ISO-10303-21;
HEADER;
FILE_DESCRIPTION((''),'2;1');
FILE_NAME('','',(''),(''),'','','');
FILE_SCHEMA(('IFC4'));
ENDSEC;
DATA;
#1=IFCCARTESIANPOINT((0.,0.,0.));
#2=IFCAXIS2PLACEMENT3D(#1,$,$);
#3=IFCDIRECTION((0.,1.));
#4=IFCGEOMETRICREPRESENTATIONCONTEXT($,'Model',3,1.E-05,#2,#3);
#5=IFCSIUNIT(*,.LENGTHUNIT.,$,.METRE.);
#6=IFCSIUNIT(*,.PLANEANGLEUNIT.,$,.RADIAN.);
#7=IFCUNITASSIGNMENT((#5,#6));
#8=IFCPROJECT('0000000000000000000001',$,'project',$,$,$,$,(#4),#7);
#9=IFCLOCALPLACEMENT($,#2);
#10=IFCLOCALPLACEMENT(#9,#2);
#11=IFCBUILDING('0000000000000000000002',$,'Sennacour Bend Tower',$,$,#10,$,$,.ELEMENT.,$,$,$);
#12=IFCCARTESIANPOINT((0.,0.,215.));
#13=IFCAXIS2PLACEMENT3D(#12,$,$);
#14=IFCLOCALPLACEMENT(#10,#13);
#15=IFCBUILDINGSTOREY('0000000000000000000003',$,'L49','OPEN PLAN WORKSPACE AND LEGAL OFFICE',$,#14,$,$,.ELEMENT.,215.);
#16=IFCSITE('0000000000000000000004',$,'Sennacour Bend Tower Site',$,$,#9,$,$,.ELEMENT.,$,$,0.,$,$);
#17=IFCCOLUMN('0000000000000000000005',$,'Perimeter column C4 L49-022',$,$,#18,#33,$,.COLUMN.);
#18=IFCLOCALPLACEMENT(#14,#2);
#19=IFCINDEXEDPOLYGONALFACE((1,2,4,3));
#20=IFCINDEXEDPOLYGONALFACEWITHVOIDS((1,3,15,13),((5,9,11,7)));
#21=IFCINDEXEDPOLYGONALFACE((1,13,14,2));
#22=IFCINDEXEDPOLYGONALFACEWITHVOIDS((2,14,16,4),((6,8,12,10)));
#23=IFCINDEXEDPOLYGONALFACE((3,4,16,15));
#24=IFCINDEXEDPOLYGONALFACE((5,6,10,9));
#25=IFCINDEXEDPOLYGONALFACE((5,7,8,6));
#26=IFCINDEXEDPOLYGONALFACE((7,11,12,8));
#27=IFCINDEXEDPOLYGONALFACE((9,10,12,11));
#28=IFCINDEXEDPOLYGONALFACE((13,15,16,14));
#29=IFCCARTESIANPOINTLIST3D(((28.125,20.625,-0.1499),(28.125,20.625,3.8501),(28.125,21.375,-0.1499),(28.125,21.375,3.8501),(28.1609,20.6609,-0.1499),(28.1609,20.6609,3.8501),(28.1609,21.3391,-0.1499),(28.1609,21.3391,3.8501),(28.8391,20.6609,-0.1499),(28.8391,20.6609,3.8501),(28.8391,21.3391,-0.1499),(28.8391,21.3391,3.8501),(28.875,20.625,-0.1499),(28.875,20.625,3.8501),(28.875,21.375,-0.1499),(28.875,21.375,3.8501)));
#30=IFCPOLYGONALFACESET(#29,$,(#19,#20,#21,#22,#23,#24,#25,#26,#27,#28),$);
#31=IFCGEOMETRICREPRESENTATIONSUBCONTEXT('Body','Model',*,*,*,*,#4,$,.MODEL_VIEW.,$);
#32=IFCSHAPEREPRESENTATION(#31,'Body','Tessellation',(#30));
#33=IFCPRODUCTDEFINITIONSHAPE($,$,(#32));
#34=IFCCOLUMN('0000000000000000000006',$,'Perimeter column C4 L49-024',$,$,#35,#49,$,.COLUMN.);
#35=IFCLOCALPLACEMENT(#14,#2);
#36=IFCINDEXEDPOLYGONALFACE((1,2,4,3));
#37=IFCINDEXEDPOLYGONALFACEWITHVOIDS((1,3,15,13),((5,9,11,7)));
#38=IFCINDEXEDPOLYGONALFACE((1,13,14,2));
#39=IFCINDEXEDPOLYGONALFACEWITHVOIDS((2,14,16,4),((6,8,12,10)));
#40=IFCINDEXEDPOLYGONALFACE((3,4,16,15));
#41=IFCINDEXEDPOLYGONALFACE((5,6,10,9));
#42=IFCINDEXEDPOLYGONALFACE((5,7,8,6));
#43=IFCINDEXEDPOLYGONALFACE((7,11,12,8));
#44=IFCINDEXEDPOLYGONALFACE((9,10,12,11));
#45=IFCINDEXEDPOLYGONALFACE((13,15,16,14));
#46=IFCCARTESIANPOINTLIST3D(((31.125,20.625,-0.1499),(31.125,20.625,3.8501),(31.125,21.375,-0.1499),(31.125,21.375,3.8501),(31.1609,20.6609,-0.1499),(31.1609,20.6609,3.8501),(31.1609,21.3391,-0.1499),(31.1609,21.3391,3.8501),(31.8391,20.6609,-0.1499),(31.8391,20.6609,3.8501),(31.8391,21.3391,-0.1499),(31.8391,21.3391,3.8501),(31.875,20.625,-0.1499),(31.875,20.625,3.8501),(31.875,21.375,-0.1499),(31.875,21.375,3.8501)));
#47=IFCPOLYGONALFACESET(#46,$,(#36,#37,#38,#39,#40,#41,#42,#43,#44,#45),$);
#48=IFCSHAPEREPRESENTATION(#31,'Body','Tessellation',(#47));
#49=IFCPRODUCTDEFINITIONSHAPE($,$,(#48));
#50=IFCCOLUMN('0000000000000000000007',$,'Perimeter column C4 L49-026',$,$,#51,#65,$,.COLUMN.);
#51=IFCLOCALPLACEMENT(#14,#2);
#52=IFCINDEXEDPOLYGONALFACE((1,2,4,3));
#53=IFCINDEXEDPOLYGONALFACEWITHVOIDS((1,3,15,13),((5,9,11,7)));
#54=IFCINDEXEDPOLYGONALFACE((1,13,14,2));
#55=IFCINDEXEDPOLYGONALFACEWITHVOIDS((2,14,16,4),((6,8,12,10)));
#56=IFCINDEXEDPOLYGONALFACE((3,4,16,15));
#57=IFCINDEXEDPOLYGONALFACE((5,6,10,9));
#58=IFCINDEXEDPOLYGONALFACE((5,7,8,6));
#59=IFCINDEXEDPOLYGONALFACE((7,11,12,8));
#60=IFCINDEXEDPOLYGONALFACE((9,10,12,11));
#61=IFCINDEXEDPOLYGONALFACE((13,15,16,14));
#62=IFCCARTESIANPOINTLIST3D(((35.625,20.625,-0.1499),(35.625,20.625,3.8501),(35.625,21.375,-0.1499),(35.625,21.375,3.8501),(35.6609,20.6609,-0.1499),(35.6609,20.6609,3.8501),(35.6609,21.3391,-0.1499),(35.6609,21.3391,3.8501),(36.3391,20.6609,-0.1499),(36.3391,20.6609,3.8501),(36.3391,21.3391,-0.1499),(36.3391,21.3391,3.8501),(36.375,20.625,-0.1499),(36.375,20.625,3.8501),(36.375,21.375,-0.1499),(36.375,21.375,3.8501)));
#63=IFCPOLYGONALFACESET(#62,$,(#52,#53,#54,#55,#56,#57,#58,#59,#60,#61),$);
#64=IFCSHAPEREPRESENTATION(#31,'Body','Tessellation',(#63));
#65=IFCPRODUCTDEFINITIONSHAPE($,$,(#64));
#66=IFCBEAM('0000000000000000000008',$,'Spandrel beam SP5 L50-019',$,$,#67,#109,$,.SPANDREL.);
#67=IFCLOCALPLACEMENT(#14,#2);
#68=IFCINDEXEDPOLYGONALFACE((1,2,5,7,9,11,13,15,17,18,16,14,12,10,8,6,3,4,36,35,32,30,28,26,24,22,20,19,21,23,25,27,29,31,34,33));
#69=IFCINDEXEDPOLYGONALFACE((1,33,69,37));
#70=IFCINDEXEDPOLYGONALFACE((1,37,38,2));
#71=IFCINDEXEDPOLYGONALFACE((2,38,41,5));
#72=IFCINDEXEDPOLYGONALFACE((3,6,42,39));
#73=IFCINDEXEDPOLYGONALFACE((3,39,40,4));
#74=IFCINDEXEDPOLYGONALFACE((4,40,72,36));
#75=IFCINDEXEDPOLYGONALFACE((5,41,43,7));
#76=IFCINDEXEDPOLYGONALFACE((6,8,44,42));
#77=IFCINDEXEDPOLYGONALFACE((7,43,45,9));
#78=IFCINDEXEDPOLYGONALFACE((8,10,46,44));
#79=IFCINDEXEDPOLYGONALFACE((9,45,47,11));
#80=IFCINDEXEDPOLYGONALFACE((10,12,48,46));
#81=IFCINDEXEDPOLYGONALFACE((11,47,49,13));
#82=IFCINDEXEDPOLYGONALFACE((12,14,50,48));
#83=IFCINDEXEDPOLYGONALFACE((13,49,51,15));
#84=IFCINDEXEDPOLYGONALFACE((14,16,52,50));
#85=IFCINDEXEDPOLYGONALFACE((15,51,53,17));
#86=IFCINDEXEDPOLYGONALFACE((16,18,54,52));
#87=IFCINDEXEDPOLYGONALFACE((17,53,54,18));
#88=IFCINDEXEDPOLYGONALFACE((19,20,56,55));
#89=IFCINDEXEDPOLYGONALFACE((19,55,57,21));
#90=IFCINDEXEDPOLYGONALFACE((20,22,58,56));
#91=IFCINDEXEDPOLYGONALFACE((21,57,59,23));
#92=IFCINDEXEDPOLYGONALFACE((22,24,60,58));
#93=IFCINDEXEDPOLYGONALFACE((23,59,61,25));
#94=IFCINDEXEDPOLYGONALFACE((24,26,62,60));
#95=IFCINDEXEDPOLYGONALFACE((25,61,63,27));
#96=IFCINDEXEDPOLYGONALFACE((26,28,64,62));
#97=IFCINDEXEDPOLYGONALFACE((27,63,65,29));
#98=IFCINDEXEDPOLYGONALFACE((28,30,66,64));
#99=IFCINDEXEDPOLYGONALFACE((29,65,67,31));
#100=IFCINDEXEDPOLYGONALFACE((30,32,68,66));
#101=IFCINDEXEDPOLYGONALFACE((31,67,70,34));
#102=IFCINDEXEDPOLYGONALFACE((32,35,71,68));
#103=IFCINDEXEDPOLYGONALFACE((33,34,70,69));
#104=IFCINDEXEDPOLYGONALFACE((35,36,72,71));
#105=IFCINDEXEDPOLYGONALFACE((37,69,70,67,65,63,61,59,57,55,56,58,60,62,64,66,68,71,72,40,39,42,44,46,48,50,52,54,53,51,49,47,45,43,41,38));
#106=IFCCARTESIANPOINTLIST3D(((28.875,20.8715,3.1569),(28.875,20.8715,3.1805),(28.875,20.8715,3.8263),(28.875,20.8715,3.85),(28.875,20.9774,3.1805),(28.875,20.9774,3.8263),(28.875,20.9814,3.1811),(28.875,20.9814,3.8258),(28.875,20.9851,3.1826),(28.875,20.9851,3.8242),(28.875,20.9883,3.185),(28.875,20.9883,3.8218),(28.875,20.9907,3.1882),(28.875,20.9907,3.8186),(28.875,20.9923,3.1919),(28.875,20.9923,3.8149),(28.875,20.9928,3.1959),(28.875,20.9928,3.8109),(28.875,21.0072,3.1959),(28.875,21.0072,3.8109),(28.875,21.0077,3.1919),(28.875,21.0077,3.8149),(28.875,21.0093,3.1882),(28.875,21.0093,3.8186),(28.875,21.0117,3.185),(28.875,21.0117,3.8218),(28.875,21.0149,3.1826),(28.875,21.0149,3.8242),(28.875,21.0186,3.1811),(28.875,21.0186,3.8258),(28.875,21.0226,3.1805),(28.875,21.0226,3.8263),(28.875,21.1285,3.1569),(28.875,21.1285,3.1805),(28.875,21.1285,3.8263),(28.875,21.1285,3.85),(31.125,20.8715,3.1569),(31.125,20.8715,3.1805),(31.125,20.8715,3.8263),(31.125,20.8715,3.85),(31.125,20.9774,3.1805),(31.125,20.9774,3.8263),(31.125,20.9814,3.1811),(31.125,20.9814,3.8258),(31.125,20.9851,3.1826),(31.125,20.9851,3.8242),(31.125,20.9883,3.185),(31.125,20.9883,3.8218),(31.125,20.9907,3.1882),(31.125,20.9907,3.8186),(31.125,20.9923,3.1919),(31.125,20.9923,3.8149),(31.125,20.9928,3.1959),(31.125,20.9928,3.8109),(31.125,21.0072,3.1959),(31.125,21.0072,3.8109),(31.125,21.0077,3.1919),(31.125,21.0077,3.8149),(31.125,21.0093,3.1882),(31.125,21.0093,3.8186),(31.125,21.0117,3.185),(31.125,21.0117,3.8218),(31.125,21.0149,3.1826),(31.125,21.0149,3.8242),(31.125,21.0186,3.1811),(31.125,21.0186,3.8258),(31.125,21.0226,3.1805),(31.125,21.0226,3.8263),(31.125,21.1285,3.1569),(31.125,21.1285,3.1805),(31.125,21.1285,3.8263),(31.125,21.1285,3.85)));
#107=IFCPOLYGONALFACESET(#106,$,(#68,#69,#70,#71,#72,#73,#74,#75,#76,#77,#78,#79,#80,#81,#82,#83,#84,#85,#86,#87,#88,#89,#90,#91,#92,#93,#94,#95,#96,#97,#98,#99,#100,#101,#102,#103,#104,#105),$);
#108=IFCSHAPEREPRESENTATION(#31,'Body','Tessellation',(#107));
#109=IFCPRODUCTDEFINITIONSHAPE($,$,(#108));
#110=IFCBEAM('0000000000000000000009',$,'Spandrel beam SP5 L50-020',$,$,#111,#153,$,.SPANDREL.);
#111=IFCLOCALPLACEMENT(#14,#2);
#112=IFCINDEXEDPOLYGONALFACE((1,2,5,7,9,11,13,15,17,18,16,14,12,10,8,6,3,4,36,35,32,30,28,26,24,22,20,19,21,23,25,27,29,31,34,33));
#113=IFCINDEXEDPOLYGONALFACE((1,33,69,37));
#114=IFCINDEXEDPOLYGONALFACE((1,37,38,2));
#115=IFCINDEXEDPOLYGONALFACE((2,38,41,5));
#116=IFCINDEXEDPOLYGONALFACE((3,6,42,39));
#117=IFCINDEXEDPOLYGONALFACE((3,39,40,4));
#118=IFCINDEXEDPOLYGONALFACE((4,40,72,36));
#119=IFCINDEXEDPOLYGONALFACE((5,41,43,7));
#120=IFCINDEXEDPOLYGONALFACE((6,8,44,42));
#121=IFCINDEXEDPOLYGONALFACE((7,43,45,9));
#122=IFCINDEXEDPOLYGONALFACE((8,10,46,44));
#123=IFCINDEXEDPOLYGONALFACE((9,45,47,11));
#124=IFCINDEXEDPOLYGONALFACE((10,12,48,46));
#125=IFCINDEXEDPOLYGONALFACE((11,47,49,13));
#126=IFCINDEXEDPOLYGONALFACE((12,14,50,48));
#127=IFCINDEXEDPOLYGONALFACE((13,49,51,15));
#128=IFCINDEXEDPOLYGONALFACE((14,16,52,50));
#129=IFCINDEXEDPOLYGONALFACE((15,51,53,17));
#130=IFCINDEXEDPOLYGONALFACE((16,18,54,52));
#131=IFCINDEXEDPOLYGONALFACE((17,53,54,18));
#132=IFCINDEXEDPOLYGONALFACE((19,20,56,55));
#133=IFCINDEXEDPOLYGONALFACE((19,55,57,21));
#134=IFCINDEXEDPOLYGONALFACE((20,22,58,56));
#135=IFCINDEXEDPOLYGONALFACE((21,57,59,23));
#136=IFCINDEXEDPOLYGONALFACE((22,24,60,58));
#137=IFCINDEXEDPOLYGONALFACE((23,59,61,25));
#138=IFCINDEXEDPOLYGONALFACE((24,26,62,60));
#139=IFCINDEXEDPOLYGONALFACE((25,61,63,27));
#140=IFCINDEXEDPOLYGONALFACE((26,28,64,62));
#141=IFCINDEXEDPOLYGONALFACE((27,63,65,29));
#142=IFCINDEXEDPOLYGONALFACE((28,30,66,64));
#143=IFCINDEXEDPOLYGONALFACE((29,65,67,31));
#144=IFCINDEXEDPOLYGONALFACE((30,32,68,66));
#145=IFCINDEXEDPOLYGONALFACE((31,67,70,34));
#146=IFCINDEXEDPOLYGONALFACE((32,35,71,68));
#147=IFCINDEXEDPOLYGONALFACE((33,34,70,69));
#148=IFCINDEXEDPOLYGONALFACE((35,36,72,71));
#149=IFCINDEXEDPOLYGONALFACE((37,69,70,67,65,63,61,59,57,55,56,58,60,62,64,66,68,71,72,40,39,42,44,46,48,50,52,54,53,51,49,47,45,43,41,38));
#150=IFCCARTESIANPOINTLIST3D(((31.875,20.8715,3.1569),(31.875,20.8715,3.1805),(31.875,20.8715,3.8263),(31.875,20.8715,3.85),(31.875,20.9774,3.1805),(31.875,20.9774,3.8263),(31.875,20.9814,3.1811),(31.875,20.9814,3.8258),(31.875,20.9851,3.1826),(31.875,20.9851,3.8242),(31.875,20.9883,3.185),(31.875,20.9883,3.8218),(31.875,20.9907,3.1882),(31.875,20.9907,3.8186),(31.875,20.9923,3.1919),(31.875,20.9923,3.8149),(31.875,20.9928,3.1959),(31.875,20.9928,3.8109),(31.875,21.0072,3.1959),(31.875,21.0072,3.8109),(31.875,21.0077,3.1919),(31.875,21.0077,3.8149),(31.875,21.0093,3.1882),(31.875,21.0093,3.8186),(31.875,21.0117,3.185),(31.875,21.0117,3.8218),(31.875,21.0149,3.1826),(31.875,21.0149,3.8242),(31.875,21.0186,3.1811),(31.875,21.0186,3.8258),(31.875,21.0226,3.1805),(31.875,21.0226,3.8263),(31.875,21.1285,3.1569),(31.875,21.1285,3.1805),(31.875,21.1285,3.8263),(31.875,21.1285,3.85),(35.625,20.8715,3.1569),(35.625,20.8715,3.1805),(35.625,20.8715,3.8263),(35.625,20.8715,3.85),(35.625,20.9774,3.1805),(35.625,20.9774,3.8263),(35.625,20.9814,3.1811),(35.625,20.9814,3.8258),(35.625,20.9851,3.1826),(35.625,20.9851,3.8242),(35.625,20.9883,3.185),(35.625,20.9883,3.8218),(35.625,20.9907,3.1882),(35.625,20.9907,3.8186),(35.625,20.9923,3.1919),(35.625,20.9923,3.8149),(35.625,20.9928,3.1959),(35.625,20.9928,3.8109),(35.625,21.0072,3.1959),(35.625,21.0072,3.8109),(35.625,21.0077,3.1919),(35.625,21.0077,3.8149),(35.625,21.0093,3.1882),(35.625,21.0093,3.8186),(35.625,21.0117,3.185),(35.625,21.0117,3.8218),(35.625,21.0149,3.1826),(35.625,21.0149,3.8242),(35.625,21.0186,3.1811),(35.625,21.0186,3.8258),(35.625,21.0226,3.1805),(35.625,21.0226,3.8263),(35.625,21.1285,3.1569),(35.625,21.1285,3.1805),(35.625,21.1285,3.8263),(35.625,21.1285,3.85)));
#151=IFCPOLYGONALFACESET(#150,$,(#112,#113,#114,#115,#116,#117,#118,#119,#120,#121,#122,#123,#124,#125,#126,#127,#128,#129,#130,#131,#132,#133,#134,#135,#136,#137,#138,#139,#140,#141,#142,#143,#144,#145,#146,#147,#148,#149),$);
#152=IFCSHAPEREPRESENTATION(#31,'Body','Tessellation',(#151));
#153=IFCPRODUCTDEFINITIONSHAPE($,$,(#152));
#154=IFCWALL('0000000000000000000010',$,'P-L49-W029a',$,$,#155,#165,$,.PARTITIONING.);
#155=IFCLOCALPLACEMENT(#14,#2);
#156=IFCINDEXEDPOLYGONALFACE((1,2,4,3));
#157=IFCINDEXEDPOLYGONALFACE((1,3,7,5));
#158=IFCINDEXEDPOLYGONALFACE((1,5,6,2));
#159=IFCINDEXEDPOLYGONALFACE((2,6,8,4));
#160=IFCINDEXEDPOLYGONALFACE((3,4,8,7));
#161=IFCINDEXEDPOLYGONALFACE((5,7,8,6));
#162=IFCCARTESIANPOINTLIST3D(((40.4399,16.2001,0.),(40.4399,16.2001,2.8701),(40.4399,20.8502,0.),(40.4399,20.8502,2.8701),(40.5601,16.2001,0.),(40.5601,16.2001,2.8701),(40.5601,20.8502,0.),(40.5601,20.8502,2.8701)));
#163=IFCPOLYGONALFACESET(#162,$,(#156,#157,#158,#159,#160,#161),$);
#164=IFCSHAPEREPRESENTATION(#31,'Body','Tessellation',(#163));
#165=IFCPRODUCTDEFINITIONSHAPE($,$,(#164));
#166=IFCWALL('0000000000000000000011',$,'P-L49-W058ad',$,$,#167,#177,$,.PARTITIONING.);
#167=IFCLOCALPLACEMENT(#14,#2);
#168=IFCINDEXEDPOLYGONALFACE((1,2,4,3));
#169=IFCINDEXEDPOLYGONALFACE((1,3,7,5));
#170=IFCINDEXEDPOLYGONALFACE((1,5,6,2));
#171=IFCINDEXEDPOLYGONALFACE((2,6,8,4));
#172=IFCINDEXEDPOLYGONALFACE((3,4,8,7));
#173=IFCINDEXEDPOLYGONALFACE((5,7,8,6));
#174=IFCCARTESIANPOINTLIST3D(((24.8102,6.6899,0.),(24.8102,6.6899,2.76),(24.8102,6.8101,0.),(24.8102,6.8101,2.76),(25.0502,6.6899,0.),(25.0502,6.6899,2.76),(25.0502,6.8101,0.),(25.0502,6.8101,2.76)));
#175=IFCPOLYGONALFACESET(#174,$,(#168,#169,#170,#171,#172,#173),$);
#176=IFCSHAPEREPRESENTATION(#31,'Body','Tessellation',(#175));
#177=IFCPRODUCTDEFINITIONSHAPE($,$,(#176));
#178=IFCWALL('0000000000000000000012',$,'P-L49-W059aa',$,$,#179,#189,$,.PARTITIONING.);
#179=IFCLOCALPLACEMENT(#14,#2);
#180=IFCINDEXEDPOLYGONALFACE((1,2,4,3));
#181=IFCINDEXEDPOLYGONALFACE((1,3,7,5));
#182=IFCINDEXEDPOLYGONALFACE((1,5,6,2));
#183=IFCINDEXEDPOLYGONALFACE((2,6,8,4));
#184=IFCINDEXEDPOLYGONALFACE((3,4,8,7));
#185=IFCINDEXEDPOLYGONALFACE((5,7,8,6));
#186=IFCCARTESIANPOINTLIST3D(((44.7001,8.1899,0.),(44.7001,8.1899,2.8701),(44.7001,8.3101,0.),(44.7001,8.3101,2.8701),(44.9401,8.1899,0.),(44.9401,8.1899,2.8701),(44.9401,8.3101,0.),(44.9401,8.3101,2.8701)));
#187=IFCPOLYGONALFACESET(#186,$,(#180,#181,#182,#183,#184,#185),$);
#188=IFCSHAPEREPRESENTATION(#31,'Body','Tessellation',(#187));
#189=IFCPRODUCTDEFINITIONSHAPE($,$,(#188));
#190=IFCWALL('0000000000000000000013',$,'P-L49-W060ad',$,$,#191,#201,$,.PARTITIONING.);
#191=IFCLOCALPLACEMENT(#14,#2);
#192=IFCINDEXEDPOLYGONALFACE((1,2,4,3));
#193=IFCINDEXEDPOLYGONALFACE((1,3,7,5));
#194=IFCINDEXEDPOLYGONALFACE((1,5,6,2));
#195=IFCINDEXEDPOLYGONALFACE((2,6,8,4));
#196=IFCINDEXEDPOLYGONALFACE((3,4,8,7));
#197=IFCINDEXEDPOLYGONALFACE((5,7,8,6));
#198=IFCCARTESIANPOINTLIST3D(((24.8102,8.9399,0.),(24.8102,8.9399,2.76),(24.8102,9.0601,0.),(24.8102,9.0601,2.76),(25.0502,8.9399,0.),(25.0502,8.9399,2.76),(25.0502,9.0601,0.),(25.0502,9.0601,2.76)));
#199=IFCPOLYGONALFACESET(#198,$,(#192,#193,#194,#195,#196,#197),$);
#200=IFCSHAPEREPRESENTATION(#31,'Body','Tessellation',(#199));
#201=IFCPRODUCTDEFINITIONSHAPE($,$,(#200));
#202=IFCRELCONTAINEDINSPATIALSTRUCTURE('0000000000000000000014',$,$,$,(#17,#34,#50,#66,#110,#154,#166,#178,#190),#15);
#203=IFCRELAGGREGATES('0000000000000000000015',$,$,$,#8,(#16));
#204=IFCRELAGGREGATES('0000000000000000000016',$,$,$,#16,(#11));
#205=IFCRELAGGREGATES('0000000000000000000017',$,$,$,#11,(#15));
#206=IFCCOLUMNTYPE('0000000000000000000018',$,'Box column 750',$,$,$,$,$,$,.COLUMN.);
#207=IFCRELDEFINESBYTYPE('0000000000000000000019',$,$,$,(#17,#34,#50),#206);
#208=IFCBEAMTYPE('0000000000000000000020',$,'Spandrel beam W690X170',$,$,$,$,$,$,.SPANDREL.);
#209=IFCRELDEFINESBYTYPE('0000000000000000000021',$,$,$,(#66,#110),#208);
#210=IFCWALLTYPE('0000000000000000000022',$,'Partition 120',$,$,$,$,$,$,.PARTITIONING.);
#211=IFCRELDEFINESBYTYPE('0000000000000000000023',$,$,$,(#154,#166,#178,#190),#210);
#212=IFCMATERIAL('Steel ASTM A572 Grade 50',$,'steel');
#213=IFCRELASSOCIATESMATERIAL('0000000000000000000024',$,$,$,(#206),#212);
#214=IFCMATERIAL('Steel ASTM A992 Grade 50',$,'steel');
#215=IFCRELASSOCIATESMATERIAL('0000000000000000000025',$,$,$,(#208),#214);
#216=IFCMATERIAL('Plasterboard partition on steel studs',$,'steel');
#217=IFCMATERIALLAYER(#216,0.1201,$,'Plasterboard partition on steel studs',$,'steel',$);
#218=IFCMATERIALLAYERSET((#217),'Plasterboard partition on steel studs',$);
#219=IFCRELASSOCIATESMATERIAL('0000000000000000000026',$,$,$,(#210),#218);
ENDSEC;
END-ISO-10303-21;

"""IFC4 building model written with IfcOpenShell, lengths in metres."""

from ifc_helpers import new_model, si_unit, direction, frame, frame_2d, origin, origin_2d, place, context, subcontext, project, spatial, rectangle, hollow_rectangle, i_section, extrude, material, layer, layer_set, material_profile, profile_set, type_object, element, save


model = new_model("IFC4")

# Units and contexts
model_context = context("Model", 3, precision=1e-05, world=origin(), true_north=direction((0.0, 1.0)))
body_context = subcontext(model_context, "Body", "Model", "MODEL_VIEW")
ifc_project = project(units=[si_unit("LENGTHUNIT", "METRE"), si_unit("PLANEANGLEUNIT", "RADIAN")], contexts=[model_context])

# Site, building, storey
site_placement = place(None, origin())
site = spatial("IfcSite", under=ifc_project, at=site_placement, Name="Sennacour Bend Tower Site", CompositionType="ELEMENT", RefElevation=0.0)
building_placement = place(site_placement, origin())
building = spatial("IfcBuilding", under=site, at=building_placement, Name="Sennacour Bend Tower", CompositionType="ELEMENT")
storey_placement = place(building_placement, frame((0.0, 0.0, 215.0)))
storey = spatial("IfcBuildingStorey", under=building, at=storey_placement, Name="L49", Description="OPEN PLAN WORKSPACE AND LEGAL OFFICE", CompositionType="ELEMENT", Elevation=215.0)

# Columns
ifc_material_1 = material(Name="Steel ASTM A572 Grade 50", Category="steel")
ifc_material_profile_1 = material_profile(ifc_material_1, hollow_rectangle(XDim=0.75, YDim=0.75, WallThickness=0.0359, at=origin_2d()), Name="Steel ASTM A572 Grade 50", Category="steel")
ifc_profile_set_1 = profile_set([ifc_material_profile_1], Name="Steel ASTM A572 Grade 50")
column_type = type_object("IfcColumnType", Name="Box column 750", PredefinedType="COLUMN", material=ifc_profile_set_1)
for number, where, z_axis, x_axis, name in (
    (1, (28.5, 21.0, -0.1499), (0.0, 0.0, 1.0), (1.0, 0.0, 0.0), "Perimeter column C4 L49-022"),
    (2, (31.5, 21.0, -0.1499), (0.0, 0.0, 1.0), (1.0, 0.0, 0.0), "Perimeter column C4 L49-024"),
    (3, (36.0, 21.0, -0.1499), (0.0, 0.0, 1.0), (1.0, 0.0, 0.0), "Perimeter column C4 L49-026"),
):
    element("IfcColumn", number, at=place(storey_placement, frame(where, z_axis=z_axis, x_axis=x_axis)), inside=storey, type_object=column_type, Name=name, PredefinedType="COLUMN", context=body_context, shape_type="SweptSolid", body=[
        extrude(hollow_rectangle(XDim=0.75, YDim=0.75, WallThickness=0.0359, at=origin_2d()), origin(), (0.0, 0.0, 1.0), 4.0),
    ])

# Beams
ifc_material_2 = material(Name="Steel ASTM A992 Grade 50", Category="steel")
ifc_material_profile_2 = material_profile(ifc_material_2, i_section(OverallWidth=0.2571, OverallDepth=0.6931, WebThickness=0.0144, FlangeThickness=0.0237, FilletRadius=0.0154, at=origin_2d()), Name="Steel ASTM A992 Grade 50", Category="steel")
ifc_profile_set_2 = profile_set([ifc_material_profile_2], Name="Steel ASTM A992 Grade 50")
beam_type = type_object("IfcBeamType", Name="Spandrel beam W690X170", PredefinedType="SPANDREL", material=ifc_profile_set_2)
beam_1_placement = place(storey_placement, frame((28.875, 21.0, 3.5034), z_axis=(1.0, 0.0, 0.0), x_axis=(0.0, 1.0, 0.0)))
element("IfcBeam", 4, at=beam_1_placement, inside=storey, type_object=beam_type, Name="Spandrel beam SP5 L50-019", PredefinedType="SPANDREL", context=body_context, shape_type="SweptSolid", body=[
    extrude(i_section(OverallWidth=0.2571, OverallDepth=0.6931, WebThickness=0.0144, FlangeThickness=0.0237, FilletRadius=0.0154, at=origin_2d()), origin(), (0.0, 0.0, 1.0), 2.25),
])
beam_2_placement = place(storey_placement, frame((31.875, 21.0, 3.5034), z_axis=(1.0, 0.0, 0.0), x_axis=(0.0, 1.0, 0.0)))
element("IfcBeam", 5, at=beam_2_placement, inside=storey, type_object=beam_type, Name="Spandrel beam SP5 L50-020", PredefinedType="SPANDREL", context=body_context, shape_type="SweptSolid", body=[
    extrude(i_section(OverallWidth=0.2571, OverallDepth=0.6931, WebThickness=0.0144, FlangeThickness=0.0237, FilletRadius=0.0154, at=origin_2d()), origin(), (0.0, 0.0, 1.0), 3.75),
])

# Walls
ifc_material_3 = material(Name="Plasterboard partition on steel studs", Category="steel")
ifc_layer_1 = layer(ifc_material_3, 0.1201, Name="Plasterboard partition on steel studs", Category="steel")
ifc_layer_set_1 = layer_set([ifc_layer_1], Name="Plasterboard partition on steel studs")
wall_type_1 = type_object("IfcWallType", Name="Partition 120", PredefinedType="PARTITIONING", material=ifc_layer_set_1)
wall_1_placement = place(storey_placement, frame((40.5, 16.2, 0.0), z_axis=(0.0, 0.0, 1.0), x_axis=(0.0, 1.0, 0.0)))
element("IfcWall", 6, at=wall_1_placement, inside=storey, type_object=wall_type_1, Name="P-L49-W029a", PredefinedType="PARTITIONING", context=body_context, shape_type="SweptSolid", body=[
    extrude(rectangle(XDim=4.6501, YDim=0.1201, at=frame_2d((2.3252, 0.0))), origin(), (0.0, 0.0, 1.0), 2.8701),
])
wall_2_placement = place(storey_placement, frame((24.8101, 6.75, 0.0), z_axis=(0.0, 0.0, 1.0), x_axis=(1.0, 0.0, 0.0)))
element("IfcWall", 7, at=wall_2_placement, inside=storey, type_object=wall_type_1, Name="P-L49-W058ad", PredefinedType="PARTITIONING", context=body_context, shape_type="SweptSolid", body=[
    extrude(rectangle(XDim=0.24, YDim=0.1201, at=frame_2d((0.1201, 0.0))), origin(), (0.0, 0.0, 1.0), 2.76),
])
wall_3_placement = place(storey_placement, frame((44.7, 8.25, 0.0), z_axis=(0.0, 0.0, 1.0), x_axis=(1.0, 0.0, 0.0)))
element("IfcWall", 8, at=wall_3_placement, inside=storey, type_object=wall_type_1, Name="P-L49-W059aa", PredefinedType="PARTITIONING", context=body_context, shape_type="SweptSolid", body=[
    extrude(rectangle(XDim=0.24, YDim=0.1201, at=frame_2d((0.1201, 0.0))), origin(), (0.0, 0.0, 1.0), 2.8701),
])
wall_4_placement = place(storey_placement, frame((24.8101, 9.0, 0.0), z_axis=(0.0, 0.0, 1.0), x_axis=(1.0, 0.0, 0.0)))
element("IfcWall", 9, at=wall_4_placement, inside=storey, type_object=wall_type_1, Name="P-L49-W060ad", PredefinedType="PARTITIONING", context=body_context, shape_type="SweptSolid", body=[
    extrude(rectangle(XDim=0.24, YDim=0.1201, at=frame_2d((0.1201, 0.0))), origin(), (0.0, 0.0, 1.0), 2.76),
])

save(model, "model.ifc")
